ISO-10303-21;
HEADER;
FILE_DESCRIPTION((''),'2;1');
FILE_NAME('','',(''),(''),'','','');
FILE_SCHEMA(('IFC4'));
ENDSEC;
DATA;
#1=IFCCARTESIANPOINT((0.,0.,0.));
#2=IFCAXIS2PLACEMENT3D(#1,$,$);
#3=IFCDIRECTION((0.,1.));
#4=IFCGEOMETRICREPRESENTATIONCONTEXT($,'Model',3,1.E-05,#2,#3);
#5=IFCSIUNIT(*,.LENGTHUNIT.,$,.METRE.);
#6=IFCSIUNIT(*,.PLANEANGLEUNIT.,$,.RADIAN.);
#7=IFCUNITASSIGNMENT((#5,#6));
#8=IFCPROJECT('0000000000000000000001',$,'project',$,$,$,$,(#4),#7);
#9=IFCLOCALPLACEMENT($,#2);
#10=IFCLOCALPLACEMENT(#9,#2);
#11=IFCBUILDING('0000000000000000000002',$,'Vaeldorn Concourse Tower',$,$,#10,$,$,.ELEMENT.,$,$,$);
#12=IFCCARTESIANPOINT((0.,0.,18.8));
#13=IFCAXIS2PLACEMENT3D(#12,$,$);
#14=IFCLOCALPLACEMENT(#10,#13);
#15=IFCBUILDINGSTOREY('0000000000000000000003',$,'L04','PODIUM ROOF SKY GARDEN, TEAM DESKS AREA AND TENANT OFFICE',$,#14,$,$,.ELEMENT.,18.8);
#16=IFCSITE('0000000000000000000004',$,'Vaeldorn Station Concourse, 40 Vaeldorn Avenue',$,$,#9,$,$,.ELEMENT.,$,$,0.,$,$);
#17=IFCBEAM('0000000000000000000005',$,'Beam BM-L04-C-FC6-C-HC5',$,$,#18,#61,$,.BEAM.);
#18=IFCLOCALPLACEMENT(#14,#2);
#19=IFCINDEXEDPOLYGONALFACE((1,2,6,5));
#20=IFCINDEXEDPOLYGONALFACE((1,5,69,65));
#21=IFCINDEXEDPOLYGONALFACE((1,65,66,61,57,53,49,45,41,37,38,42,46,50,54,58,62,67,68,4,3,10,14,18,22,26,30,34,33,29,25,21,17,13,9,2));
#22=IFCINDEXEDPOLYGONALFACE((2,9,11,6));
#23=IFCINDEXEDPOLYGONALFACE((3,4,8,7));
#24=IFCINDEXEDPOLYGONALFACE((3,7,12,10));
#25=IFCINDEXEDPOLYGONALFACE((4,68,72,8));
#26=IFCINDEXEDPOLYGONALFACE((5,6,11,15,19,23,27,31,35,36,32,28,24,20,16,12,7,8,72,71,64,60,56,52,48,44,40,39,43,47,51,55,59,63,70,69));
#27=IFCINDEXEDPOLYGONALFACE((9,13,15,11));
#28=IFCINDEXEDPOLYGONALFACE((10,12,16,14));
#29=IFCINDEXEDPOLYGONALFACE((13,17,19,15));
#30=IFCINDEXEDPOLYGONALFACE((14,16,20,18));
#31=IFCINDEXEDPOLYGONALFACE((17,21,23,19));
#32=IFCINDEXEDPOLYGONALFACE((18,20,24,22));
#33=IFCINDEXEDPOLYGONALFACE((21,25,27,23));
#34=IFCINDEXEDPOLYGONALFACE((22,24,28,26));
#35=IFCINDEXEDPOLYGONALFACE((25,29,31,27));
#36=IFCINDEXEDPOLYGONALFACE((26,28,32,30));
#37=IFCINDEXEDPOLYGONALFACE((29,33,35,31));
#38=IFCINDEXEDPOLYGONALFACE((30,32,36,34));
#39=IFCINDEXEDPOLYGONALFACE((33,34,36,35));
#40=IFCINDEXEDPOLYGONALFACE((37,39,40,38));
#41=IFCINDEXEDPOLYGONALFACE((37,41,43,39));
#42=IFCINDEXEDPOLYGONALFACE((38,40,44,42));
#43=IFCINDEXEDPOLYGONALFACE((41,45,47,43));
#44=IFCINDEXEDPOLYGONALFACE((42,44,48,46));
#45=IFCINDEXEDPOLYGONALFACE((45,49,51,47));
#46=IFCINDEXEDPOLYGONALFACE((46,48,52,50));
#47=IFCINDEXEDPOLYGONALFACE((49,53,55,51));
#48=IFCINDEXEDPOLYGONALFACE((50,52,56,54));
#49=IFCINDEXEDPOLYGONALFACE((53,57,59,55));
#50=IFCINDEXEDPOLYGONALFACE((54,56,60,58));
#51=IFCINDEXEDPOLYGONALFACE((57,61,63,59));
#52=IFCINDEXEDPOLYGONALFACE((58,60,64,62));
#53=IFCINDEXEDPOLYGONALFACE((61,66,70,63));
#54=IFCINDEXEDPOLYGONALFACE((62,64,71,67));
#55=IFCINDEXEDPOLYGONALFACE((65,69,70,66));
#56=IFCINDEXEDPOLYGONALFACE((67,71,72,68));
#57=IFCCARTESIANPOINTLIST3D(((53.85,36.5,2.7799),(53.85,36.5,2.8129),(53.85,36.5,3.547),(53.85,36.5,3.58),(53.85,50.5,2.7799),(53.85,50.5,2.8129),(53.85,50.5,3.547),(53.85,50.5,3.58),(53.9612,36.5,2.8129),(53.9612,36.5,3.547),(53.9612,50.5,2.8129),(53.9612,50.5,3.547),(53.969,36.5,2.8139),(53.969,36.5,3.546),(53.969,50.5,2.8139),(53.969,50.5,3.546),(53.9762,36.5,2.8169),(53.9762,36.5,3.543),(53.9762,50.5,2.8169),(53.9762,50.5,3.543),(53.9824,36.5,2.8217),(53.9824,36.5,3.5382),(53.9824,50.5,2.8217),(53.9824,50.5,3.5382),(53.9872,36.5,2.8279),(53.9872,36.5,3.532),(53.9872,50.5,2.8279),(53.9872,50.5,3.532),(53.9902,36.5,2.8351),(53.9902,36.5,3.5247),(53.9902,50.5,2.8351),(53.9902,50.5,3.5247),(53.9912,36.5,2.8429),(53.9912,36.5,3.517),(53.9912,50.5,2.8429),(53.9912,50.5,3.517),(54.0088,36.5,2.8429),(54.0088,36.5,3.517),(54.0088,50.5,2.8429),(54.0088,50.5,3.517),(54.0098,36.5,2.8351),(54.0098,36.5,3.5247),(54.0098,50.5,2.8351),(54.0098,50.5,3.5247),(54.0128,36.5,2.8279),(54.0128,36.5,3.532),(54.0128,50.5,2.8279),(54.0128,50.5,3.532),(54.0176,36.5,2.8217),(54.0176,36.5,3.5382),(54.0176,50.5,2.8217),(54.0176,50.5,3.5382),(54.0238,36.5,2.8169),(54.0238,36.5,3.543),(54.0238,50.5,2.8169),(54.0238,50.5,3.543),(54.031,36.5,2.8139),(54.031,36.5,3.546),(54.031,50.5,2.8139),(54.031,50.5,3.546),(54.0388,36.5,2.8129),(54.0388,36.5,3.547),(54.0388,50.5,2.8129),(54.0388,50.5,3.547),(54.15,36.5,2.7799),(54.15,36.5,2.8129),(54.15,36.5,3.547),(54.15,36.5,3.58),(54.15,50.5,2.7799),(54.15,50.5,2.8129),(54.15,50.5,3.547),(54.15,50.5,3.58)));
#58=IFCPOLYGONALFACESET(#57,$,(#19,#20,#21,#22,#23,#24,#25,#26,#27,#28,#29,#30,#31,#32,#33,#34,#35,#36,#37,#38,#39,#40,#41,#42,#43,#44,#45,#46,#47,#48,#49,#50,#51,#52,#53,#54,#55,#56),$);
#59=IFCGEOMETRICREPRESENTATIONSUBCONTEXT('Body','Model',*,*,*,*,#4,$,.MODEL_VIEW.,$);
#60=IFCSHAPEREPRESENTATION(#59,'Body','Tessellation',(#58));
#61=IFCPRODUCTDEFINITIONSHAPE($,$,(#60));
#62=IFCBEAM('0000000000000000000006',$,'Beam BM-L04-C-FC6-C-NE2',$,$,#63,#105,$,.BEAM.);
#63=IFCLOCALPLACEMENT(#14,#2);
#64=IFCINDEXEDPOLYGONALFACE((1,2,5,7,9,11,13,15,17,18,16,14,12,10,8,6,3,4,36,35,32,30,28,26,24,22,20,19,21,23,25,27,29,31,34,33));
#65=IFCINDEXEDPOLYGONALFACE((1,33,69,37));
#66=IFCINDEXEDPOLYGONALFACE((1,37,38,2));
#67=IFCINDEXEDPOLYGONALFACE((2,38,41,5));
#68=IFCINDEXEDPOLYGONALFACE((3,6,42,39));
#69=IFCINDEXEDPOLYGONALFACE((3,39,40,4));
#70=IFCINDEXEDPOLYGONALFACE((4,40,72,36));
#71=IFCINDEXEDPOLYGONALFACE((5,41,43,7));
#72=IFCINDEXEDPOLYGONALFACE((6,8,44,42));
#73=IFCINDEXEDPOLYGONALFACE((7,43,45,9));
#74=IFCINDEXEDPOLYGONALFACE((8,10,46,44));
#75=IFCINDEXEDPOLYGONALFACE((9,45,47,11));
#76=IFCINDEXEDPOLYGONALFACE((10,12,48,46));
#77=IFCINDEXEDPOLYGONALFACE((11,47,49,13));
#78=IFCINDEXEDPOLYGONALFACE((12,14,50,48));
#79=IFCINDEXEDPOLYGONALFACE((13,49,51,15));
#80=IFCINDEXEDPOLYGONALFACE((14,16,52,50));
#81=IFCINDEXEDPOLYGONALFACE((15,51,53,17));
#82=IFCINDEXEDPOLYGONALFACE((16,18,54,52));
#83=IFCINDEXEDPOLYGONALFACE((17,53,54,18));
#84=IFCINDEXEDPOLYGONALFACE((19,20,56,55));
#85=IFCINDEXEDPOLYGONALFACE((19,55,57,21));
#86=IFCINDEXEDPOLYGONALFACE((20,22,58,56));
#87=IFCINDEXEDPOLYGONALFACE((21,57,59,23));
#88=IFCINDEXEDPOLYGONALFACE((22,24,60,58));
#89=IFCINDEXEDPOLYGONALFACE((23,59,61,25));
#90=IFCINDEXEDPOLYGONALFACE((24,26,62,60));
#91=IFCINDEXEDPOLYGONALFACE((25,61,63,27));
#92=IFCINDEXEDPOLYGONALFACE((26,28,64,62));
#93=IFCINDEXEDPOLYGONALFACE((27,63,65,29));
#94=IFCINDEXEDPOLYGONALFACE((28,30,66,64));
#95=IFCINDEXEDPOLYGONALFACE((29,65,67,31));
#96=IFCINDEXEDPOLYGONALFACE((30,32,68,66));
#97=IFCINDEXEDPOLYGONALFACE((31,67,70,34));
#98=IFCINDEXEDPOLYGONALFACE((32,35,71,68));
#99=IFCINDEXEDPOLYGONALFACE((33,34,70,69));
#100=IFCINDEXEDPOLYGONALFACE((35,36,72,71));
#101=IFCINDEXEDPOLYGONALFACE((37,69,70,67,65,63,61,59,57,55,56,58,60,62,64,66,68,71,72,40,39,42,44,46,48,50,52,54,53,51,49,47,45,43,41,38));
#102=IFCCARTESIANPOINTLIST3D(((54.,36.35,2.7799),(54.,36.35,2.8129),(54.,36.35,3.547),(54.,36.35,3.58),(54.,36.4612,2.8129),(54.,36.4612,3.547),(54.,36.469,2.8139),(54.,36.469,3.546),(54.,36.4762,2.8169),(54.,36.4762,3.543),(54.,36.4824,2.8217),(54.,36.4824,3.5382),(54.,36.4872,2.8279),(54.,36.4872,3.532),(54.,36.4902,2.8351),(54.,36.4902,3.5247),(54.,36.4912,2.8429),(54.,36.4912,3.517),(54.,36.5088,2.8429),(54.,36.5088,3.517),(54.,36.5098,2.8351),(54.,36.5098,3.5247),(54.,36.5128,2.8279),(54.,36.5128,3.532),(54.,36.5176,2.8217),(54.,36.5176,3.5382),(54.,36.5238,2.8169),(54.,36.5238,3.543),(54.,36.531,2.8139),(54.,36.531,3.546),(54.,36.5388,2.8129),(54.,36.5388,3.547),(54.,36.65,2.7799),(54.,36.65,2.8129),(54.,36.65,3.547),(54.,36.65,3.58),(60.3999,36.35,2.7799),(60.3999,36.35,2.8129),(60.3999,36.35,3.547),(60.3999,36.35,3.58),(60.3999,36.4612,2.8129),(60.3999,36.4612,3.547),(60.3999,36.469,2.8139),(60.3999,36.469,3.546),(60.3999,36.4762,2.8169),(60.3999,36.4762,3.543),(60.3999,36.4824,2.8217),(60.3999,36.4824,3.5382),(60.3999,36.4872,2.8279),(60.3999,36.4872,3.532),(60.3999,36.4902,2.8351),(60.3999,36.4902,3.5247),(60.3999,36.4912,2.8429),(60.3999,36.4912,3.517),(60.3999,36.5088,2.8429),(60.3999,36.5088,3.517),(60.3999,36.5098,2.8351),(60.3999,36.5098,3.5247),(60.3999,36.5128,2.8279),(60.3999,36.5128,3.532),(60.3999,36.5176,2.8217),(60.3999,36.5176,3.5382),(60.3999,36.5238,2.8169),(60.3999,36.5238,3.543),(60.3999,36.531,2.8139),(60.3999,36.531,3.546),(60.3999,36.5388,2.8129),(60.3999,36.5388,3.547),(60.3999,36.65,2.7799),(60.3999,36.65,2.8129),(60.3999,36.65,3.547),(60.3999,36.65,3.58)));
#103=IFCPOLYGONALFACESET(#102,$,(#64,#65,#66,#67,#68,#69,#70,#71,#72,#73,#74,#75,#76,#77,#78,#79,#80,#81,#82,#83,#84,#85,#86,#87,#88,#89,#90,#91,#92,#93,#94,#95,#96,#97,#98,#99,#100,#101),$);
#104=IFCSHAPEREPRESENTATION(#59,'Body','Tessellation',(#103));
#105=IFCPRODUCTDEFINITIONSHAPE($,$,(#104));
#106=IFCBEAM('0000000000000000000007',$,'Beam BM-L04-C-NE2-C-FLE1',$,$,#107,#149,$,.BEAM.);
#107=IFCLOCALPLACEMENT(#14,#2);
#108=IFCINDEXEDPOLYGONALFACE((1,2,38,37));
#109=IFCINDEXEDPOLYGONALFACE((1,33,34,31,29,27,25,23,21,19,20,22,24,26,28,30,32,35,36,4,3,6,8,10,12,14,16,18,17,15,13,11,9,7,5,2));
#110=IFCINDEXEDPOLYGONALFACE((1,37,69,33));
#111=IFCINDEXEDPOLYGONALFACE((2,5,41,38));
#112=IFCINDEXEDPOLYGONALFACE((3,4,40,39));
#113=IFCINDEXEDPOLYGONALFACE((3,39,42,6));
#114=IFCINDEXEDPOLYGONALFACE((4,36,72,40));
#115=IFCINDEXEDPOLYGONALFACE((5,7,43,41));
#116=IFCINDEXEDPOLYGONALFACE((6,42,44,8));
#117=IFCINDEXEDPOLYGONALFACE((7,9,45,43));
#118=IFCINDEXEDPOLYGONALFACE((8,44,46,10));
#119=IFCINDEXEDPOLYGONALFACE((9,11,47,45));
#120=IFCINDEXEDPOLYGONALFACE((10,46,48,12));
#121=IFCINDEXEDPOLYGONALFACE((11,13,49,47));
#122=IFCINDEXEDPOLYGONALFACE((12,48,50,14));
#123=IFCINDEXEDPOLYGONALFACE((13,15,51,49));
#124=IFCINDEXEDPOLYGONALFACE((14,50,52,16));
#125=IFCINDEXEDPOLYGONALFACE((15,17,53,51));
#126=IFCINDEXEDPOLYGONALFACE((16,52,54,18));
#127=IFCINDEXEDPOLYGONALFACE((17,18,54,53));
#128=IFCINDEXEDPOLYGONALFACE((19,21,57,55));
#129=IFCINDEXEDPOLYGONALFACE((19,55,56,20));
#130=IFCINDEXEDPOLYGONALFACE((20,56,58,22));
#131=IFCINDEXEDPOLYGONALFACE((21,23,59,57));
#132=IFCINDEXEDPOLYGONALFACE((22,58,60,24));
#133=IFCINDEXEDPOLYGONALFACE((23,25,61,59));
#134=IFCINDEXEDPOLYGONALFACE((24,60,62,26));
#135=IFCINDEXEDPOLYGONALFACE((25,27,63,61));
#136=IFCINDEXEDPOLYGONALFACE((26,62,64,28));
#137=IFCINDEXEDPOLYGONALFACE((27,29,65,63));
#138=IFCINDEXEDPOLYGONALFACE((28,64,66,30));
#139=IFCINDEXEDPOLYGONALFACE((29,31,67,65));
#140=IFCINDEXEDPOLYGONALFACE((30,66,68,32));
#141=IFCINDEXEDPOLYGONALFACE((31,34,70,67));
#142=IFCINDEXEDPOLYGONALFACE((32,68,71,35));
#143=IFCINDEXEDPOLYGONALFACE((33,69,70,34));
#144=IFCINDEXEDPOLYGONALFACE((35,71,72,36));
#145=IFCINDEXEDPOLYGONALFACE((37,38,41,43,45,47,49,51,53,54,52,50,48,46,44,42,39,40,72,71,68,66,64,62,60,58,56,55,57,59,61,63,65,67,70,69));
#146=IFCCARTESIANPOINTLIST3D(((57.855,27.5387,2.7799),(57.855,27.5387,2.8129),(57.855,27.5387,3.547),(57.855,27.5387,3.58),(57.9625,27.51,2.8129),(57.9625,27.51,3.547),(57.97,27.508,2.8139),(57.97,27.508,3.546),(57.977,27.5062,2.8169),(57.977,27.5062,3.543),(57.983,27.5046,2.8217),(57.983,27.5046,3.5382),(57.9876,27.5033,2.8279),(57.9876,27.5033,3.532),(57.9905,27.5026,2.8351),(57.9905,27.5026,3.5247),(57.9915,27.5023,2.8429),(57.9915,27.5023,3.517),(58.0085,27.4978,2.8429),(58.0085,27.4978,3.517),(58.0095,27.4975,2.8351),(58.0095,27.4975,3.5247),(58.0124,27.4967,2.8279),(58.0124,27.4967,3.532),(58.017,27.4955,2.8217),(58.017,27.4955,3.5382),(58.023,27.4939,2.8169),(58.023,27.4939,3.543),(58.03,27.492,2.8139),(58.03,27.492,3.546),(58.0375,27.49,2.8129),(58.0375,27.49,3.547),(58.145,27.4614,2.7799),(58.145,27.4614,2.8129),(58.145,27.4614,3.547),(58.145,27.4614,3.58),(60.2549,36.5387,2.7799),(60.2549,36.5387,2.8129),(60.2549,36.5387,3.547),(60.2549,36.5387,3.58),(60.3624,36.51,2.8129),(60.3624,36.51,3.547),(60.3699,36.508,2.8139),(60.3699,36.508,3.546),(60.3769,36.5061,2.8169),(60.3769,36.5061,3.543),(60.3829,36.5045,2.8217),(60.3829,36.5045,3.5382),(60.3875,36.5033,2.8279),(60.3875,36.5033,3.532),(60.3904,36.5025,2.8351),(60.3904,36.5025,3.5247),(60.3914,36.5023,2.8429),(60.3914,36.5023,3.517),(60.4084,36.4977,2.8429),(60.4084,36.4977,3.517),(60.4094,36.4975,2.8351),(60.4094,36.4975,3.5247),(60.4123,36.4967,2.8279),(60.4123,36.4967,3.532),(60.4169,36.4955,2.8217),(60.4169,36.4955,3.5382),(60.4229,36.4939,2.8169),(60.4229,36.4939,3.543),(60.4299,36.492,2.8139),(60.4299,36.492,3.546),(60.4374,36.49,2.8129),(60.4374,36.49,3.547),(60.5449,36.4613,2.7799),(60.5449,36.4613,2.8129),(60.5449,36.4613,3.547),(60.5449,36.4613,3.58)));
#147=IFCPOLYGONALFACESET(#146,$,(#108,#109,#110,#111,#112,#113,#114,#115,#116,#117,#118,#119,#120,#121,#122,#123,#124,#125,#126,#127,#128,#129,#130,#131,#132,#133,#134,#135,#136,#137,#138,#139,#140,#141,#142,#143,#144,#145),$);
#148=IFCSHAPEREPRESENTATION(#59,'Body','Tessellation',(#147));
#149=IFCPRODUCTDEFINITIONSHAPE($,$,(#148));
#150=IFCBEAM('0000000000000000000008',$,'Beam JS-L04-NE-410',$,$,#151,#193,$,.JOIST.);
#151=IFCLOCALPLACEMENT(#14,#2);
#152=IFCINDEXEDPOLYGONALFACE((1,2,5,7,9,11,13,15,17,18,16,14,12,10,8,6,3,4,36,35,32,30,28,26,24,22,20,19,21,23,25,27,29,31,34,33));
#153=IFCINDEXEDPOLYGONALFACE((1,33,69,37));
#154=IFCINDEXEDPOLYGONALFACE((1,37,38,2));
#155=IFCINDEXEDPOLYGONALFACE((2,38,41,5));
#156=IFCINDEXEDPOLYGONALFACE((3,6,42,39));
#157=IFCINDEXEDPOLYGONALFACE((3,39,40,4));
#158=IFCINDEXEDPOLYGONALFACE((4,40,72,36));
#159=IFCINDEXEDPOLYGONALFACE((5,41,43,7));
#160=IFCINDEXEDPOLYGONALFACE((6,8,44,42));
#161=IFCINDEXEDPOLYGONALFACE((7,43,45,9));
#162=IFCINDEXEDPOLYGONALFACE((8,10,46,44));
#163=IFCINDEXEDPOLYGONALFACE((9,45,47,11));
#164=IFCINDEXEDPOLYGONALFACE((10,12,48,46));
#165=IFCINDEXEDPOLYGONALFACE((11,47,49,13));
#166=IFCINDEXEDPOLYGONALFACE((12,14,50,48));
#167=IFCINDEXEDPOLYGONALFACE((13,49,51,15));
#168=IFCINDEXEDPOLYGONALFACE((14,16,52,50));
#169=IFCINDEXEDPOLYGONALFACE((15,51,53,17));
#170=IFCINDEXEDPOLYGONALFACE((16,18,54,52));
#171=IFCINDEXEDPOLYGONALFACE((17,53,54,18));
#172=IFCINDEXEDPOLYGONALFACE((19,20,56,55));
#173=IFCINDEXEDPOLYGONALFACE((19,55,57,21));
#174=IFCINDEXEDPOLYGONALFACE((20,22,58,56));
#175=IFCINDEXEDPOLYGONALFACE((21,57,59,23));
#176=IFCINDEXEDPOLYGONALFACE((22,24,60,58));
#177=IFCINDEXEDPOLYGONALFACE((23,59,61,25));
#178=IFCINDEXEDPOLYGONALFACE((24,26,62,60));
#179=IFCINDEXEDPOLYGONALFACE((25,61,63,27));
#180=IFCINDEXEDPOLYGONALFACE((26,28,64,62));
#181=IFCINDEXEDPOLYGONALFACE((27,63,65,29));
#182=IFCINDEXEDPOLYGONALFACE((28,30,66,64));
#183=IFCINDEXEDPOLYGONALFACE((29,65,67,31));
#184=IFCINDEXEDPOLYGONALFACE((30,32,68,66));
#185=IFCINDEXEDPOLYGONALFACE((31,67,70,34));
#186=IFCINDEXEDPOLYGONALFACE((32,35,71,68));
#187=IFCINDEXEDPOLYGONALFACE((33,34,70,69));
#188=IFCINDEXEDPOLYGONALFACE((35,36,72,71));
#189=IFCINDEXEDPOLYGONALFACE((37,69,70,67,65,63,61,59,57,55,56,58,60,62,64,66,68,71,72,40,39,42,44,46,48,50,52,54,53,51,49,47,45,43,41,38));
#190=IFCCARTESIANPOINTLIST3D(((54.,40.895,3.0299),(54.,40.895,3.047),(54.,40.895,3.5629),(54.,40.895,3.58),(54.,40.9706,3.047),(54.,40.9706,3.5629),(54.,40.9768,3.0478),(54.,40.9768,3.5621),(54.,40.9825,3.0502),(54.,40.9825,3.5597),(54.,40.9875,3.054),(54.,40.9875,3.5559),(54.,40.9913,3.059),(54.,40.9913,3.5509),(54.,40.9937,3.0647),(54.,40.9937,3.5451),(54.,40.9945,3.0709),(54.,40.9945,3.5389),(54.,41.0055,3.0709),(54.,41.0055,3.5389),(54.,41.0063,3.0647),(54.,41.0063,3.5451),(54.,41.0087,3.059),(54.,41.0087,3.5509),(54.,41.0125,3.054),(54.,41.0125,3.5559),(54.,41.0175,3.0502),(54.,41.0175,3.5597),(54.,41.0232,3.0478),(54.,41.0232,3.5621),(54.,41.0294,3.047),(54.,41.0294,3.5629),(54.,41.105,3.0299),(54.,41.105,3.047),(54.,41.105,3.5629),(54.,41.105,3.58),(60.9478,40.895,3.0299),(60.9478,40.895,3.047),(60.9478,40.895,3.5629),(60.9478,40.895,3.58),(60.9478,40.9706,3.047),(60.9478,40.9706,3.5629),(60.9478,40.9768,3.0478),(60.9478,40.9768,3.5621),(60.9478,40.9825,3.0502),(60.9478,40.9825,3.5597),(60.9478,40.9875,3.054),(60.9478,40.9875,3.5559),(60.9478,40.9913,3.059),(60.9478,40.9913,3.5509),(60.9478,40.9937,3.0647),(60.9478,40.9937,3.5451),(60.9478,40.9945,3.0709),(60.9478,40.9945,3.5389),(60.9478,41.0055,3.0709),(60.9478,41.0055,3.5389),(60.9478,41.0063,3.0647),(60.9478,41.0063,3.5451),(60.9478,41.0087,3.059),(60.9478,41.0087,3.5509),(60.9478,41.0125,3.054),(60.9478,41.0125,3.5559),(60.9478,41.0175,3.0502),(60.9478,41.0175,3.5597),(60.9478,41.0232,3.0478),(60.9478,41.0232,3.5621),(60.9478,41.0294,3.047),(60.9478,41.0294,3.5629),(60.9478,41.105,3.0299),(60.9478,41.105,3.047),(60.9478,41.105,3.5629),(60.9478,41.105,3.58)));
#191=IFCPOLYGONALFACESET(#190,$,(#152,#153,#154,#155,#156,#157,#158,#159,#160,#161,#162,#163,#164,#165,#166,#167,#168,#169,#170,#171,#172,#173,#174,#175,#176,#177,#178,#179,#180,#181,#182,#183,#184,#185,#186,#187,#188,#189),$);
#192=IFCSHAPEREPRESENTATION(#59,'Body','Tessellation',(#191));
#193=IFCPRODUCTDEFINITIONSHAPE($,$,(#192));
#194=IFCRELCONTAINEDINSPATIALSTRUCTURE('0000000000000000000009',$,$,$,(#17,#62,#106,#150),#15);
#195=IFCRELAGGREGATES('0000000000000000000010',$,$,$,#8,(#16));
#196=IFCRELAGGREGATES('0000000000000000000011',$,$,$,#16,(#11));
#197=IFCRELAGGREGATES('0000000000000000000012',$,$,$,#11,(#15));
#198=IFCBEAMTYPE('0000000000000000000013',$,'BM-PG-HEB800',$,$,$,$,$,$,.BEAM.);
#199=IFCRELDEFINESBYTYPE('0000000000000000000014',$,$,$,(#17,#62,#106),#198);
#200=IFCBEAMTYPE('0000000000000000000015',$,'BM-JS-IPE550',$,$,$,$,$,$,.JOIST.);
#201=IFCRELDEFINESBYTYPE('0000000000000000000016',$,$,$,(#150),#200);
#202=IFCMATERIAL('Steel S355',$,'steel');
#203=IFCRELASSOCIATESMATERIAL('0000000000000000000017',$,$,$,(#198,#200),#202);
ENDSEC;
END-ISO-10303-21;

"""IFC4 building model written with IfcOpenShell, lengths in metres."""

from ifc_helpers import new_model, si_unit, direction, frame, origin, origin_2d, place, context, subcontext, project, spatial, i_section, extrude, source, transform, mapped, material, material_profile, profile_set, type_object, element, save


model = new_model("IFC4")

# Units and contexts
model_context = context("Model", 3, precision=1e-05, world=origin(), true_north=direction((0.0, 1.0)))
body_context = subcontext(model_context, "Body", "Model", "MODEL_VIEW")
ifc_project = project(units=[si_unit("LENGTHUNIT", "METRE"), si_unit("PLANEANGLEUNIT", "RADIAN")], contexts=[model_context])

# Site, building, storey
site_placement = place(None, origin())
site = spatial("IfcSite", under=ifc_project, at=site_placement, Name="Vaeldorn Station Concourse, 40 Vaeldorn Avenue", CompositionType="ELEMENT", RefElevation=0.0)
building_placement = place(site_placement, origin())
building = spatial("IfcBuilding", under=site, at=building_placement, Name="Vaeldorn Concourse Tower", CompositionType="ELEMENT")
storey_placement = place(building_placement, frame((0.0, 0.0, 18.8)))
storey = spatial("IfcBuildingStorey", under=building, at=storey_placement, Name="L04", Description="PODIUM ROOF SKY GARDEN, TEAM DESKS AREA AND TENANT OFFICE", CompositionType="ELEMENT", Elevation=18.8)

# Beams
ifc_material_1 = material(Name="Steel S355", Category="steel")
ifc_material_profile_1 = material_profile(ifc_material_1, i_section(OverallWidth=0.3, OverallDepth=0.8, WebThickness=0.0176, FlangeThickness=0.033, FilletRadius=0.03, at=origin_2d()), Name="HEB 800")
ifc_profile_set_1 = profile_set([ifc_material_profile_1], Name="Steel S355")
beam_type_1 = type_object("IfcBeamType", Name="BM-PG-HEB800", PredefinedType="BEAM", material=ifc_profile_set_1)
shared_shape_1 = source(origin(), body_context, "Body", "SweptSolid", [
    extrude(i_section(OverallWidth=0.3, OverallDepth=0.8, WebThickness=0.0176, FlangeThickness=0.033, FilletRadius=0.03, at=origin_2d()), origin(), (0.0, 0.0, 1.0), 14.0),
])
beam_1_placement = place(storey_placement, frame((54.0, 36.5, 3.1799), z_axis=(0.0, 1.0, 0.0), x_axis=(-1.0, 0.0, 0.0)))
element("IfcBeam", 1, at=beam_1_placement, inside=storey, type_object=beam_type_1, Name="Beam BM-L04-C-FC6-C-HC5", PredefinedType="BEAM", context=body_context, shape_type="MappedRepresentation", body=[
    mapped(shared_shape_1, transform((0.0, 0.0, 0.0), scale=1.0)),
])
shared_shape_2 = source(origin(), body_context, "Body", "SweptSolid", [
    extrude(i_section(OverallWidth=0.3, OverallDepth=0.8, WebThickness=0.0176, FlangeThickness=0.033, FilletRadius=0.03, at=origin_2d()), origin(), (0.0, 0.0, 1.0), 6.3999),
])
beam_2_placement = place(storey_placement, frame((54.0, 36.5, 3.1799), z_axis=(1.0, 0.0, 0.0), x_axis=(0.0, 1.0, 0.0)))
element("IfcBeam", 2, at=beam_2_placement, inside=storey, type_object=beam_type_1, Name="Beam BM-L04-C-FC6-C-NE2", PredefinedType="BEAM", context=body_context, shape_type="MappedRepresentation", body=[
    mapped(shared_shape_2, transform((0.0, 0.0, 0.0), scale=1.0)),
])
shared_shape_3 = source(origin(), body_context, "Body", "SweptSolid", [
    extrude(i_section(OverallWidth=0.3, OverallDepth=0.8, WebThickness=0.0176, FlangeThickness=0.033, FilletRadius=0.03, at=origin_2d()), origin(), (0.0, 0.0, 1.0), 9.3145),
])
beam_3_placement = place(storey_placement, frame((60.3999, 36.5, 3.1799), z_axis=(-0.257653, -0.966238, 0.0), x_axis=(0.966238, -0.257653, 0.0)))
element("IfcBeam", 3, at=beam_3_placement, inside=storey, type_object=beam_type_1, Name="Beam BM-L04-C-NE2-C-FLE1", PredefinedType="BEAM", context=body_context, shape_type="MappedRepresentation", body=[
    mapped(shared_shape_3, transform((0.0, 0.0, 0.0), scale=1.0)),
])
ifc_material_profile_2 = material_profile(ifc_material_1, i_section(OverallWidth=0.21, OverallDepth=0.55, WebThickness=0.011, FlangeThickness=0.0171, FilletRadius=0.0239, at=origin_2d()), Name="IPE 550")
ifc_profile_set_2 = profile_set([ifc_material_profile_2], Name="Steel S355")
beam_type_2 = type_object("IfcBeamType", Name="BM-JS-IPE550", PredefinedType="JOIST", material=ifc_profile_set_2)
shared_shape_4 = source(origin(), body_context, "Body", "SweptSolid", [
    extrude(i_section(OverallWidth=0.21, OverallDepth=0.55, WebThickness=0.011, FlangeThickness=0.0171, FilletRadius=0.0239, at=origin_2d()), origin(), (0.0, 0.0, 1.0), 6.9478),
])
beam_4_placement = place(storey_placement, frame((54.0, 41.0, 3.3049), z_axis=(1.0, 0.0, 0.0), x_axis=(0.0, 1.0, 0.0)))
element("IfcBeam", 4, at=beam_4_placement, inside=storey, type_object=beam_type_2, Name="Beam JS-L04-NE-410", PredefinedType="JOIST", context=body_context, shape_type="MappedRepresentation", body=[
    mapped(shared_shape_4, transform((0.0, 0.0, 0.0), scale=1.0)),
])

save(model, "model.ifc")
